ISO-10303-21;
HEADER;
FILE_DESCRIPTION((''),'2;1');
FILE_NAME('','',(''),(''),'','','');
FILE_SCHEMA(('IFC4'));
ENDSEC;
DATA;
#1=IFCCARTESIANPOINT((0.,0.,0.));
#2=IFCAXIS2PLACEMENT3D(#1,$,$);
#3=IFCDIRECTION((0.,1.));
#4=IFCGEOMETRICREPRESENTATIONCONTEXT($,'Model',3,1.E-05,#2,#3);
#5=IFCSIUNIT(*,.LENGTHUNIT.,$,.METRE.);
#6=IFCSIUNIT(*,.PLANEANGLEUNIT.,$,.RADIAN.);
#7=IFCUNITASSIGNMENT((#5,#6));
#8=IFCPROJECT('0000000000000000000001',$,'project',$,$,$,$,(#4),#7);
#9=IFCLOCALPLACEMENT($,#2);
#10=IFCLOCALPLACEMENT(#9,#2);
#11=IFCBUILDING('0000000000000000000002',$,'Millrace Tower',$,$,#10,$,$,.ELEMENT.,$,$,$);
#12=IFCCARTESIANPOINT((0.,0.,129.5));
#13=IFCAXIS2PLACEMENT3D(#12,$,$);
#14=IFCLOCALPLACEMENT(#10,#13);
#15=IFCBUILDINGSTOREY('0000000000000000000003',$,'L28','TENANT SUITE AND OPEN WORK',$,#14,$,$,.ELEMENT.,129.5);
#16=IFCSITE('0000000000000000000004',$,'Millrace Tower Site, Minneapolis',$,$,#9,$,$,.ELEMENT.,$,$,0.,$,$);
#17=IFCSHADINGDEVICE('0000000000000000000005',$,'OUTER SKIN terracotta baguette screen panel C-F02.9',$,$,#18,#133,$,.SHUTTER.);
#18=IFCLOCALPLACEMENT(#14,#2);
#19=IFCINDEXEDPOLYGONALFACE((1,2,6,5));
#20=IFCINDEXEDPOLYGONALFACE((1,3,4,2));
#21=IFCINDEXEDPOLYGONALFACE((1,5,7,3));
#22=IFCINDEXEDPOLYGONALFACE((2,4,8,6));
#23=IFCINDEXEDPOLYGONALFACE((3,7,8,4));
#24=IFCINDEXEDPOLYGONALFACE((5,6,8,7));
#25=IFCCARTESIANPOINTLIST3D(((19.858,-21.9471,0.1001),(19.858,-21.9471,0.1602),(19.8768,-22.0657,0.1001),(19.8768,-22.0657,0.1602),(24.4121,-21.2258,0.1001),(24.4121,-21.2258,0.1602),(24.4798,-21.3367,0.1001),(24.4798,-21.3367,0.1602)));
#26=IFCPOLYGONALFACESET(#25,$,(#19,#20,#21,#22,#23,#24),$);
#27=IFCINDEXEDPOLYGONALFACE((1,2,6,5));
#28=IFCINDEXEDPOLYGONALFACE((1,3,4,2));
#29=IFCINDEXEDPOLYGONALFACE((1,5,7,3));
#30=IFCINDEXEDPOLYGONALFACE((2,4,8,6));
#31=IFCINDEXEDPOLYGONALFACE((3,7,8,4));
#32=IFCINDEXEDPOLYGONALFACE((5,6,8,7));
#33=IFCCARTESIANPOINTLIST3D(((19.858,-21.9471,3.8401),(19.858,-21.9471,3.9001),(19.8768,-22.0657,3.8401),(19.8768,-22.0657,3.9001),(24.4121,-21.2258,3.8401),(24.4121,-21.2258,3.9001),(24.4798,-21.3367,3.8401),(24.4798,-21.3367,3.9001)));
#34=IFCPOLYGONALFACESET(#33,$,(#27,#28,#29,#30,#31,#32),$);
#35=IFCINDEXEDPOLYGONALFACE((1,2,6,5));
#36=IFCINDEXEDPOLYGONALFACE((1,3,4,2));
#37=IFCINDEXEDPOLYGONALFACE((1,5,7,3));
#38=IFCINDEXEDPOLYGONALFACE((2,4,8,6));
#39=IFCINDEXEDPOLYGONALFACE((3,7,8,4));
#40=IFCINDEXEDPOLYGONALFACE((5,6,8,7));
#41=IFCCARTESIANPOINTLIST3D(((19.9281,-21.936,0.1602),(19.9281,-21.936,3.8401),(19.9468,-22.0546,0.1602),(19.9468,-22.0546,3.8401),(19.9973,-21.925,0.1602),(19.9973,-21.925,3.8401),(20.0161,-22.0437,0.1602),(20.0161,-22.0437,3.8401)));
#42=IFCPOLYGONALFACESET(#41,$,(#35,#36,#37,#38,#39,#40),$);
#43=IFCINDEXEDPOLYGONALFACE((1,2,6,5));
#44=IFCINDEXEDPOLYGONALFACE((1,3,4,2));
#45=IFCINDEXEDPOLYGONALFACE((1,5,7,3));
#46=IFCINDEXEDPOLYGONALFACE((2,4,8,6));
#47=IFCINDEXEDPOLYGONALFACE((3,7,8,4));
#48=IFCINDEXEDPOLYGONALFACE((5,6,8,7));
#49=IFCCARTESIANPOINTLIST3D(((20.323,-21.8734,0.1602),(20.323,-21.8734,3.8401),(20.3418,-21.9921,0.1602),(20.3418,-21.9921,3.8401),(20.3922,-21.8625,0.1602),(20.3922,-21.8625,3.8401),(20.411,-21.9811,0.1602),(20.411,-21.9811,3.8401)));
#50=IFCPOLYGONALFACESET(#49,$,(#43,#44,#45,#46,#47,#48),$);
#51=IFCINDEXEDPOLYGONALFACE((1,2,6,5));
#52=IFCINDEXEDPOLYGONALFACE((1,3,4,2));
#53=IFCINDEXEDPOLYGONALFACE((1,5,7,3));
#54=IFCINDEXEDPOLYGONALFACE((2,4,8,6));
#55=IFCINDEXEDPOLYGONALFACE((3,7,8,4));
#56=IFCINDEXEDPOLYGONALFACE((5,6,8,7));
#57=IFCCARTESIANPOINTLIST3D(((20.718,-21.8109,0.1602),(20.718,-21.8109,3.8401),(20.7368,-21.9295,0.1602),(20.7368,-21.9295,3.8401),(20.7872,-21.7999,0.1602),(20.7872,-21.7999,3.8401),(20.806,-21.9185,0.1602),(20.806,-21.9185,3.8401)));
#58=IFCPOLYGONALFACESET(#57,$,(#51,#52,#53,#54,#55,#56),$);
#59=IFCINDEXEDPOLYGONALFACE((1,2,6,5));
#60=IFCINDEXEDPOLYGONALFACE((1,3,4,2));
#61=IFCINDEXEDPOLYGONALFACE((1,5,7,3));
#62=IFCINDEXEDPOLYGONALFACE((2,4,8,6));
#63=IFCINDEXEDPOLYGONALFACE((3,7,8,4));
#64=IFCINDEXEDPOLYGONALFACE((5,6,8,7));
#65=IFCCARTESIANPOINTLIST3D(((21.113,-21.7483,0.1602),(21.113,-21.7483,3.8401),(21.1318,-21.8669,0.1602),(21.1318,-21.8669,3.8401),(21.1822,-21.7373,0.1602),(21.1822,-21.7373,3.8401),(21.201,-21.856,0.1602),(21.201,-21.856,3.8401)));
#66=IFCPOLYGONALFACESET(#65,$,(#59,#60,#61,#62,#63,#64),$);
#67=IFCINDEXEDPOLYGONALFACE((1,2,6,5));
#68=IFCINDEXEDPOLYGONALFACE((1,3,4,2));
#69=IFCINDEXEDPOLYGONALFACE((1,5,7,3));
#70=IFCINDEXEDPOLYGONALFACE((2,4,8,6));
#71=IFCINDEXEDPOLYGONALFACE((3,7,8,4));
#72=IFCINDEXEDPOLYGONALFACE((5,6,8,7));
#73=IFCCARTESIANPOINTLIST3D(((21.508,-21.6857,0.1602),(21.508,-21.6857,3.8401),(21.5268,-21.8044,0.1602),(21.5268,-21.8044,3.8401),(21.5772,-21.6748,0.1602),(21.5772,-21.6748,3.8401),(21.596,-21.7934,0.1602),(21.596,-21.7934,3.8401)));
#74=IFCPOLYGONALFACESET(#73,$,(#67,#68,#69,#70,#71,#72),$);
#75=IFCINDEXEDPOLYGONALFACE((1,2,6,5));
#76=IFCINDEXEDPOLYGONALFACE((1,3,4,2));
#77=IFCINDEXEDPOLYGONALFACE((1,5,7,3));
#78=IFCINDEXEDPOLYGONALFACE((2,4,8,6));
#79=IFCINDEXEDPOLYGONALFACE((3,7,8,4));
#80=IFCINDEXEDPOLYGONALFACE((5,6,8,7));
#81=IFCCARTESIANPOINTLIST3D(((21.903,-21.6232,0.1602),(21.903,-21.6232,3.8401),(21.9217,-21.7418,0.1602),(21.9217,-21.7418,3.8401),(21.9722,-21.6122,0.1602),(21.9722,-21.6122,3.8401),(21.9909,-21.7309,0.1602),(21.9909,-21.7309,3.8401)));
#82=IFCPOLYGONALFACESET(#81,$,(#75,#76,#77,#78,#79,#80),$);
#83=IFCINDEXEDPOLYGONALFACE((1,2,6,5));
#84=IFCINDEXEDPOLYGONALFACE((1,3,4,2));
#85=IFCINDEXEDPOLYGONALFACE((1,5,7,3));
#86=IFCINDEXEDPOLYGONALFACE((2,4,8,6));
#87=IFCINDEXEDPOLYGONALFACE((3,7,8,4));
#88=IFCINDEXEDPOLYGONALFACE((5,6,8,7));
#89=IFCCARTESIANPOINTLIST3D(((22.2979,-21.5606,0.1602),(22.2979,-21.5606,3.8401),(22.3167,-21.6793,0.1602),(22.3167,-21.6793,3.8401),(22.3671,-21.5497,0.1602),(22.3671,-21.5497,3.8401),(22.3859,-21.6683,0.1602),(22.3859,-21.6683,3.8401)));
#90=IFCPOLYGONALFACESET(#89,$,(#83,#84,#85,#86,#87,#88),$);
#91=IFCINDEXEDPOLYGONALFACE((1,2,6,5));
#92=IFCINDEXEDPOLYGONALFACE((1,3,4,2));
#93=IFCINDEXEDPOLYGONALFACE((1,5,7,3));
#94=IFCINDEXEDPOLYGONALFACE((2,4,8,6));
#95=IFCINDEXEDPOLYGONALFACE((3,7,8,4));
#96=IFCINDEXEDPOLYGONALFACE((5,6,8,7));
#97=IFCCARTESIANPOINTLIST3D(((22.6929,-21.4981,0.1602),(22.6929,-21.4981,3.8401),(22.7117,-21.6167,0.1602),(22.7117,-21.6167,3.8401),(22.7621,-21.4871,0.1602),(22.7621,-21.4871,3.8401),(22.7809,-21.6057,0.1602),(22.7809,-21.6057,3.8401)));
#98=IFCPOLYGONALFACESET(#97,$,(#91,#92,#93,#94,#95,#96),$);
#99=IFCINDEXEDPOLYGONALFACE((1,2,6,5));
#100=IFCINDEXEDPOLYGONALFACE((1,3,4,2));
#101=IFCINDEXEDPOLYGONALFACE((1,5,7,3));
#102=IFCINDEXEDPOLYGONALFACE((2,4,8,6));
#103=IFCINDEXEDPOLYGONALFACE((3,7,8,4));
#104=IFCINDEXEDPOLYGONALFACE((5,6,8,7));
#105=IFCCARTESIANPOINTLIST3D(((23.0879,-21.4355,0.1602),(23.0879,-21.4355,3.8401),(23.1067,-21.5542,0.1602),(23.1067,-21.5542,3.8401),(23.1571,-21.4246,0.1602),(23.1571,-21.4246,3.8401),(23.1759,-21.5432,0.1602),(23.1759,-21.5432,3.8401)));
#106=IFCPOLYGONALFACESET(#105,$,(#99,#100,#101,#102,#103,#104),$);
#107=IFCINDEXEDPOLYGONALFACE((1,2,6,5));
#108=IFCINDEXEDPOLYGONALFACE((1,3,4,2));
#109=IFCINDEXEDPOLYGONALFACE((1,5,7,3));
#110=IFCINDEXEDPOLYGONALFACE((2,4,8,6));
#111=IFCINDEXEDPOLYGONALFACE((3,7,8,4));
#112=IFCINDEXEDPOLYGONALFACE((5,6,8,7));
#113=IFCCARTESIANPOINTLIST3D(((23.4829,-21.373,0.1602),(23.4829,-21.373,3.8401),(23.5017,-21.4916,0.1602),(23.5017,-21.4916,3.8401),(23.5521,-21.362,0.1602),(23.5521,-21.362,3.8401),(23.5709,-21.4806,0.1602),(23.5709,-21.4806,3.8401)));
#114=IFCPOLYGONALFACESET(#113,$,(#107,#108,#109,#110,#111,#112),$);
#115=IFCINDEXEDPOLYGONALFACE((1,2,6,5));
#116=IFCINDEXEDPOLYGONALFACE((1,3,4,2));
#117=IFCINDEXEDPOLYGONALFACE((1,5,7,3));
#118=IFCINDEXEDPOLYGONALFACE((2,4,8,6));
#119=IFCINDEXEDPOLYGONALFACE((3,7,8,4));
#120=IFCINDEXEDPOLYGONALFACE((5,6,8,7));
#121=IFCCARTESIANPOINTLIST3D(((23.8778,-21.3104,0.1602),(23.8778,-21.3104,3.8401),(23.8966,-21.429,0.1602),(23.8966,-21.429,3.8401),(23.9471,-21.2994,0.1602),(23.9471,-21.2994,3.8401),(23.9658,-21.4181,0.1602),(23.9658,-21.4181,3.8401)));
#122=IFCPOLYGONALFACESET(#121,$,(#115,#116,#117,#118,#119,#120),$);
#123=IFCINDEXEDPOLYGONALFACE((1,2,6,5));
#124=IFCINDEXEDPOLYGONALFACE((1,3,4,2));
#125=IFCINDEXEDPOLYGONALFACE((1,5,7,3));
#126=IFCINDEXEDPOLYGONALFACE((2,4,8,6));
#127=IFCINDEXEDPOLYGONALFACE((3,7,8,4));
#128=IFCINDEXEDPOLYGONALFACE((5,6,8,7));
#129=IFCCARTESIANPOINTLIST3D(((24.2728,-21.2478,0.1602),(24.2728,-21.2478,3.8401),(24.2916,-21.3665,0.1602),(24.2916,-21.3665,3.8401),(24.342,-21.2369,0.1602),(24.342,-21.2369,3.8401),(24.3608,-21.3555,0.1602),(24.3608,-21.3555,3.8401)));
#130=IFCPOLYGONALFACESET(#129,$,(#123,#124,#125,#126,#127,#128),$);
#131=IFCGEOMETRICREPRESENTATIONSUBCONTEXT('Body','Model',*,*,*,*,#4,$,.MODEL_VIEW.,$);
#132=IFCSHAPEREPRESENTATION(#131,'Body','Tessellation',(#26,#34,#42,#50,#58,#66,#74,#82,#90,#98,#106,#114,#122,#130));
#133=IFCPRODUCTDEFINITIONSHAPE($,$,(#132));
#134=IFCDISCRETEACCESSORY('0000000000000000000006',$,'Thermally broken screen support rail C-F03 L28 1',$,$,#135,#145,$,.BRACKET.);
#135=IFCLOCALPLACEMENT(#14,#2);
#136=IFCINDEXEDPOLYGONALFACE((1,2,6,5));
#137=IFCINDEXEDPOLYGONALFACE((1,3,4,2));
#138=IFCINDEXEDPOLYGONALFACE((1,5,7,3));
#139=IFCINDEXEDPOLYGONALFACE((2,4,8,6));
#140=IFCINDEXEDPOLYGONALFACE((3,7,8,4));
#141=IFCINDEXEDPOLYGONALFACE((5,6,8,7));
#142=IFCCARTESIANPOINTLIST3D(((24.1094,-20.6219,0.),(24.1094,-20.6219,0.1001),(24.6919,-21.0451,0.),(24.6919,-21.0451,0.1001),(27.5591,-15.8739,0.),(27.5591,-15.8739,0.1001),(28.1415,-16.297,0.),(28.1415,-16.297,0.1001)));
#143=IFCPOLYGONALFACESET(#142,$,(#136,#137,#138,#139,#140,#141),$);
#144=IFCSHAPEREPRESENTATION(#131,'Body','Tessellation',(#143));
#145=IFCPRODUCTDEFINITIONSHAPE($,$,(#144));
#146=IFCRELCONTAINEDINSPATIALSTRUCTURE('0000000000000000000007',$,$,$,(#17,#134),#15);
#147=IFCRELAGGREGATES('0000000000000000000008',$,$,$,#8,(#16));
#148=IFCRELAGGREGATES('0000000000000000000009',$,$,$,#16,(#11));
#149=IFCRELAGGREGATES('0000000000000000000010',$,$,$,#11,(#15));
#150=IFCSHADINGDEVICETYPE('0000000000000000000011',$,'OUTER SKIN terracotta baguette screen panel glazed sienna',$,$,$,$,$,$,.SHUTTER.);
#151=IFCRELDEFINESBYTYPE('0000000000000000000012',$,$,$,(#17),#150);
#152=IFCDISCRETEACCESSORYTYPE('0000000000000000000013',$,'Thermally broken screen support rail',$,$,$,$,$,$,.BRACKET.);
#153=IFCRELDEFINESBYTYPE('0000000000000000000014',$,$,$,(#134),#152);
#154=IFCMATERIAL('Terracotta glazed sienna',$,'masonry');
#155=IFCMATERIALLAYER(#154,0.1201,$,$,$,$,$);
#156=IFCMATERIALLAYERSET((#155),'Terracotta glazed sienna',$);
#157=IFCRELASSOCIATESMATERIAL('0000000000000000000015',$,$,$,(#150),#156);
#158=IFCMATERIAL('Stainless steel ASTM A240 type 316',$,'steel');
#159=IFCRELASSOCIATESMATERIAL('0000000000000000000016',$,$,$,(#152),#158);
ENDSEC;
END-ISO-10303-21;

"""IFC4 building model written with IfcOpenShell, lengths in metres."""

from ifc_helpers import new_model, entity, si_unit, direction, frame, frame_2d, origin, origin_2d, place, context, subcontext, project, spatial, rectangle, extrude, source, transform, mapped, material, layer, layer_set, type_object, element, save


model = new_model("IFC4")

# Units and contexts
model_context = context("Model", 3, precision=1e-05, world=origin(), true_north=direction((0.0, 1.0)))
body_context = subcontext(model_context, "Body", "Model", "MODEL_VIEW")
ifc_project = project(units=[si_unit("LENGTHUNIT", "METRE"), si_unit("PLANEANGLEUNIT", "RADIAN")], contexts=[model_context])

# Site, building, storey
site_placement = place(None, origin())
site = spatial("IfcSite", under=ifc_project, at=site_placement, Name="Millrace Tower Site, Minneapolis", CompositionType="ELEMENT", RefElevation=0.0)
building_placement = place(site_placement, origin())
building = spatial("IfcBuilding", under=site, at=building_placement, Name="Millrace Tower", CompositionType="ELEMENT")
storey_placement = place(building_placement, frame((0.0, 0.0, 129.5)))
storey = spatial("IfcBuildingStorey", under=building, at=storey_placement, Name="L28", Description="TENANT SUITE AND OPEN WORK", CompositionType="ELEMENT", Elevation=129.5)

# Shading device
ifc_material_1 = material(Name="Terracotta glazed sienna", Category="masonry")
ifc_layer_1 = layer(ifc_material_1, 0.1201)
ifc_layer_set_1 = layer_set([ifc_layer_1], Name="Terracotta glazed sienna")
shading_device_type = type_object("IfcShadingDeviceType", Name="OUTER SKIN terracotta baguette screen panel glazed sienna", PredefinedType="SHUTTER", material=ifc_layer_set_1)
cartesian_point_1 = entity("IfcCartesianPoint", [-2.3179, 0.0601])
shared_polyline_1 = entity("IfcPolyline", [cartesian_point_1, entity("IfcCartesianPoint", [2.293, 0.0601]), entity("IfcCartesianPoint", [2.3425, -0.0601]), entity("IfcCartesianPoint", [-2.3179, -0.0601]), cartesian_point_1])
shared_shape_1 = source(origin(), body_context, "Body", "SweptSolid", [
    entity("IfcExtrudedAreaSolid", entity("IfcArbitraryClosedProfileDef", "AREA", None, shared_polyline_1), entity("IfcAxis2Placement3D", entity("IfcCartesianPoint", [0.0, 0.0, 0.0])), entity("IfcDirection", [0.0, 0.0, 1.0]), 0.0601),
    entity("IfcExtrudedAreaSolid", entity("IfcArbitraryClosedProfileDef", "AREA", None, shared_polyline_1), entity("IfcAxis2Placement3D", entity("IfcCartesianPoint", [0.0, 0.0, 3.74])), entity("IfcDirection", [0.0, 0.0, 1.0]), 0.0601),
    extrude(rectangle(XDim=0.0701, YDim=0.1201, at=frame_2d((-2.2119, 0.0))), frame((0.0, 0.0, 0.0601)), (0.0, 0.0, 1.0), 3.6799),
    extrude(rectangle(XDim=0.0701, YDim=0.1201, at=frame_2d((-1.812, 0.0))), frame((0.0, 0.0, 0.0601)), (0.0, 0.0, 1.0), 3.6799),
    extrude(rectangle(XDim=0.0701, YDim=0.1201, at=frame_2d((-1.4121, 0.0))), frame((0.0, 0.0, 0.0601)), (0.0, 0.0, 1.0), 3.6799),
    extrude(rectangle(XDim=0.0701, YDim=0.1201, at=frame_2d((-1.0122, 0.0))), frame((0.0, 0.0, 0.0601)), (0.0, 0.0, 1.0), 3.6799),
    extrude(rectangle(XDim=0.0701, YDim=0.1201, at=frame_2d((-0.6123, 0.0))), frame((0.0, 0.0, 0.0601)), (0.0, 0.0, 1.0), 3.6799),
    extrude(rectangle(XDim=0.0701, YDim=0.1201, at=frame_2d((-0.2124, 0.0))), frame((0.0, 0.0, 0.0601)), (0.0, 0.0, 1.0), 3.6799),
    extrude(rectangle(XDim=0.0701, YDim=0.1201, at=frame_2d((0.1875, 0.0))), frame((0.0, 0.0, 0.0601)), (0.0, 0.0, 1.0), 3.6799),
    extrude(rectangle(XDim=0.0701, YDim=0.1201, at=frame_2d((0.5874, 0.0))), frame((0.0, 0.0, 0.0601)), (0.0, 0.0, 1.0), 3.6799),
    extrude(rectangle(XDim=0.0701, YDim=0.1201, at=frame_2d((0.9873, 0.0))), frame((0.0, 0.0, 0.0601)), (0.0, 0.0, 1.0), 3.6799),
    extrude(rectangle(XDim=0.0701, YDim=0.1201, at=frame_2d((1.3872, 0.0))), frame((0.0, 0.0, 0.0601)), (0.0, 0.0, 1.0), 3.6799),
    extrude(rectangle(XDim=0.0701, YDim=0.1201, at=frame_2d((1.7871, 0.0))), frame((0.0, 0.0, 0.0601)), (0.0, 0.0, 1.0), 3.6799),
    extrude(rectangle(XDim=0.0701, YDim=0.1201, at=frame_2d((2.187, 0.0))), frame((0.0, 0.0, 0.0601)), (0.0, 0.0, 1.0), 3.6799),
])
shading_device_1_placement = place(storey_placement, frame((22.1567, -21.6438, 0.1001), z_axis=(0.0, 0.0, 1.0), x_axis=(0.987688, 0.156434, 0.0)))
element("IfcShadingDevice", 1, at=shading_device_1_placement, inside=storey, type_object=shading_device_type, Name="OUTER SKIN terracotta baguette screen panel C-F02.9", PredefinedType="SHUTTER", context=body_context, shape_type="MappedRepresentation", body=[
    mapped(shared_shape_1, transform((0.0, 0.0, 0.0), scale=1.0)),
])

# Discrete accessory
ifc_material_2 = material(Name="Stainless steel ASTM A240 type 316", Category="steel")
discrete_accessory_type = type_object("IfcDiscreteAccessoryType", Name="Thermally broken screen support rail", PredefinedType="BRACKET", material=ifc_material_2)
discrete_accessory_placement = place(storey_placement, frame((26.1255, -18.4595, 0.0), z_axis=(0.0, 0.0, 1.0), x_axis=(0.587785, 0.809017, 0.0)))
element("IfcDiscreteAccessory", 2, at=discrete_accessory_placement, inside=storey, type_object=discrete_accessory_type, Name="Thermally broken screen support rail C-F03 L28 1", PredefinedType="BRACKET", context=body_context, shape_type="SweptSolid", body=[
    extrude(rectangle(XDim=5.8689, YDim=0.72, at=origin_2d()), origin(), (0.0, 0.0, 1.0), 0.1001),
])

save(model, "model.ifc")
